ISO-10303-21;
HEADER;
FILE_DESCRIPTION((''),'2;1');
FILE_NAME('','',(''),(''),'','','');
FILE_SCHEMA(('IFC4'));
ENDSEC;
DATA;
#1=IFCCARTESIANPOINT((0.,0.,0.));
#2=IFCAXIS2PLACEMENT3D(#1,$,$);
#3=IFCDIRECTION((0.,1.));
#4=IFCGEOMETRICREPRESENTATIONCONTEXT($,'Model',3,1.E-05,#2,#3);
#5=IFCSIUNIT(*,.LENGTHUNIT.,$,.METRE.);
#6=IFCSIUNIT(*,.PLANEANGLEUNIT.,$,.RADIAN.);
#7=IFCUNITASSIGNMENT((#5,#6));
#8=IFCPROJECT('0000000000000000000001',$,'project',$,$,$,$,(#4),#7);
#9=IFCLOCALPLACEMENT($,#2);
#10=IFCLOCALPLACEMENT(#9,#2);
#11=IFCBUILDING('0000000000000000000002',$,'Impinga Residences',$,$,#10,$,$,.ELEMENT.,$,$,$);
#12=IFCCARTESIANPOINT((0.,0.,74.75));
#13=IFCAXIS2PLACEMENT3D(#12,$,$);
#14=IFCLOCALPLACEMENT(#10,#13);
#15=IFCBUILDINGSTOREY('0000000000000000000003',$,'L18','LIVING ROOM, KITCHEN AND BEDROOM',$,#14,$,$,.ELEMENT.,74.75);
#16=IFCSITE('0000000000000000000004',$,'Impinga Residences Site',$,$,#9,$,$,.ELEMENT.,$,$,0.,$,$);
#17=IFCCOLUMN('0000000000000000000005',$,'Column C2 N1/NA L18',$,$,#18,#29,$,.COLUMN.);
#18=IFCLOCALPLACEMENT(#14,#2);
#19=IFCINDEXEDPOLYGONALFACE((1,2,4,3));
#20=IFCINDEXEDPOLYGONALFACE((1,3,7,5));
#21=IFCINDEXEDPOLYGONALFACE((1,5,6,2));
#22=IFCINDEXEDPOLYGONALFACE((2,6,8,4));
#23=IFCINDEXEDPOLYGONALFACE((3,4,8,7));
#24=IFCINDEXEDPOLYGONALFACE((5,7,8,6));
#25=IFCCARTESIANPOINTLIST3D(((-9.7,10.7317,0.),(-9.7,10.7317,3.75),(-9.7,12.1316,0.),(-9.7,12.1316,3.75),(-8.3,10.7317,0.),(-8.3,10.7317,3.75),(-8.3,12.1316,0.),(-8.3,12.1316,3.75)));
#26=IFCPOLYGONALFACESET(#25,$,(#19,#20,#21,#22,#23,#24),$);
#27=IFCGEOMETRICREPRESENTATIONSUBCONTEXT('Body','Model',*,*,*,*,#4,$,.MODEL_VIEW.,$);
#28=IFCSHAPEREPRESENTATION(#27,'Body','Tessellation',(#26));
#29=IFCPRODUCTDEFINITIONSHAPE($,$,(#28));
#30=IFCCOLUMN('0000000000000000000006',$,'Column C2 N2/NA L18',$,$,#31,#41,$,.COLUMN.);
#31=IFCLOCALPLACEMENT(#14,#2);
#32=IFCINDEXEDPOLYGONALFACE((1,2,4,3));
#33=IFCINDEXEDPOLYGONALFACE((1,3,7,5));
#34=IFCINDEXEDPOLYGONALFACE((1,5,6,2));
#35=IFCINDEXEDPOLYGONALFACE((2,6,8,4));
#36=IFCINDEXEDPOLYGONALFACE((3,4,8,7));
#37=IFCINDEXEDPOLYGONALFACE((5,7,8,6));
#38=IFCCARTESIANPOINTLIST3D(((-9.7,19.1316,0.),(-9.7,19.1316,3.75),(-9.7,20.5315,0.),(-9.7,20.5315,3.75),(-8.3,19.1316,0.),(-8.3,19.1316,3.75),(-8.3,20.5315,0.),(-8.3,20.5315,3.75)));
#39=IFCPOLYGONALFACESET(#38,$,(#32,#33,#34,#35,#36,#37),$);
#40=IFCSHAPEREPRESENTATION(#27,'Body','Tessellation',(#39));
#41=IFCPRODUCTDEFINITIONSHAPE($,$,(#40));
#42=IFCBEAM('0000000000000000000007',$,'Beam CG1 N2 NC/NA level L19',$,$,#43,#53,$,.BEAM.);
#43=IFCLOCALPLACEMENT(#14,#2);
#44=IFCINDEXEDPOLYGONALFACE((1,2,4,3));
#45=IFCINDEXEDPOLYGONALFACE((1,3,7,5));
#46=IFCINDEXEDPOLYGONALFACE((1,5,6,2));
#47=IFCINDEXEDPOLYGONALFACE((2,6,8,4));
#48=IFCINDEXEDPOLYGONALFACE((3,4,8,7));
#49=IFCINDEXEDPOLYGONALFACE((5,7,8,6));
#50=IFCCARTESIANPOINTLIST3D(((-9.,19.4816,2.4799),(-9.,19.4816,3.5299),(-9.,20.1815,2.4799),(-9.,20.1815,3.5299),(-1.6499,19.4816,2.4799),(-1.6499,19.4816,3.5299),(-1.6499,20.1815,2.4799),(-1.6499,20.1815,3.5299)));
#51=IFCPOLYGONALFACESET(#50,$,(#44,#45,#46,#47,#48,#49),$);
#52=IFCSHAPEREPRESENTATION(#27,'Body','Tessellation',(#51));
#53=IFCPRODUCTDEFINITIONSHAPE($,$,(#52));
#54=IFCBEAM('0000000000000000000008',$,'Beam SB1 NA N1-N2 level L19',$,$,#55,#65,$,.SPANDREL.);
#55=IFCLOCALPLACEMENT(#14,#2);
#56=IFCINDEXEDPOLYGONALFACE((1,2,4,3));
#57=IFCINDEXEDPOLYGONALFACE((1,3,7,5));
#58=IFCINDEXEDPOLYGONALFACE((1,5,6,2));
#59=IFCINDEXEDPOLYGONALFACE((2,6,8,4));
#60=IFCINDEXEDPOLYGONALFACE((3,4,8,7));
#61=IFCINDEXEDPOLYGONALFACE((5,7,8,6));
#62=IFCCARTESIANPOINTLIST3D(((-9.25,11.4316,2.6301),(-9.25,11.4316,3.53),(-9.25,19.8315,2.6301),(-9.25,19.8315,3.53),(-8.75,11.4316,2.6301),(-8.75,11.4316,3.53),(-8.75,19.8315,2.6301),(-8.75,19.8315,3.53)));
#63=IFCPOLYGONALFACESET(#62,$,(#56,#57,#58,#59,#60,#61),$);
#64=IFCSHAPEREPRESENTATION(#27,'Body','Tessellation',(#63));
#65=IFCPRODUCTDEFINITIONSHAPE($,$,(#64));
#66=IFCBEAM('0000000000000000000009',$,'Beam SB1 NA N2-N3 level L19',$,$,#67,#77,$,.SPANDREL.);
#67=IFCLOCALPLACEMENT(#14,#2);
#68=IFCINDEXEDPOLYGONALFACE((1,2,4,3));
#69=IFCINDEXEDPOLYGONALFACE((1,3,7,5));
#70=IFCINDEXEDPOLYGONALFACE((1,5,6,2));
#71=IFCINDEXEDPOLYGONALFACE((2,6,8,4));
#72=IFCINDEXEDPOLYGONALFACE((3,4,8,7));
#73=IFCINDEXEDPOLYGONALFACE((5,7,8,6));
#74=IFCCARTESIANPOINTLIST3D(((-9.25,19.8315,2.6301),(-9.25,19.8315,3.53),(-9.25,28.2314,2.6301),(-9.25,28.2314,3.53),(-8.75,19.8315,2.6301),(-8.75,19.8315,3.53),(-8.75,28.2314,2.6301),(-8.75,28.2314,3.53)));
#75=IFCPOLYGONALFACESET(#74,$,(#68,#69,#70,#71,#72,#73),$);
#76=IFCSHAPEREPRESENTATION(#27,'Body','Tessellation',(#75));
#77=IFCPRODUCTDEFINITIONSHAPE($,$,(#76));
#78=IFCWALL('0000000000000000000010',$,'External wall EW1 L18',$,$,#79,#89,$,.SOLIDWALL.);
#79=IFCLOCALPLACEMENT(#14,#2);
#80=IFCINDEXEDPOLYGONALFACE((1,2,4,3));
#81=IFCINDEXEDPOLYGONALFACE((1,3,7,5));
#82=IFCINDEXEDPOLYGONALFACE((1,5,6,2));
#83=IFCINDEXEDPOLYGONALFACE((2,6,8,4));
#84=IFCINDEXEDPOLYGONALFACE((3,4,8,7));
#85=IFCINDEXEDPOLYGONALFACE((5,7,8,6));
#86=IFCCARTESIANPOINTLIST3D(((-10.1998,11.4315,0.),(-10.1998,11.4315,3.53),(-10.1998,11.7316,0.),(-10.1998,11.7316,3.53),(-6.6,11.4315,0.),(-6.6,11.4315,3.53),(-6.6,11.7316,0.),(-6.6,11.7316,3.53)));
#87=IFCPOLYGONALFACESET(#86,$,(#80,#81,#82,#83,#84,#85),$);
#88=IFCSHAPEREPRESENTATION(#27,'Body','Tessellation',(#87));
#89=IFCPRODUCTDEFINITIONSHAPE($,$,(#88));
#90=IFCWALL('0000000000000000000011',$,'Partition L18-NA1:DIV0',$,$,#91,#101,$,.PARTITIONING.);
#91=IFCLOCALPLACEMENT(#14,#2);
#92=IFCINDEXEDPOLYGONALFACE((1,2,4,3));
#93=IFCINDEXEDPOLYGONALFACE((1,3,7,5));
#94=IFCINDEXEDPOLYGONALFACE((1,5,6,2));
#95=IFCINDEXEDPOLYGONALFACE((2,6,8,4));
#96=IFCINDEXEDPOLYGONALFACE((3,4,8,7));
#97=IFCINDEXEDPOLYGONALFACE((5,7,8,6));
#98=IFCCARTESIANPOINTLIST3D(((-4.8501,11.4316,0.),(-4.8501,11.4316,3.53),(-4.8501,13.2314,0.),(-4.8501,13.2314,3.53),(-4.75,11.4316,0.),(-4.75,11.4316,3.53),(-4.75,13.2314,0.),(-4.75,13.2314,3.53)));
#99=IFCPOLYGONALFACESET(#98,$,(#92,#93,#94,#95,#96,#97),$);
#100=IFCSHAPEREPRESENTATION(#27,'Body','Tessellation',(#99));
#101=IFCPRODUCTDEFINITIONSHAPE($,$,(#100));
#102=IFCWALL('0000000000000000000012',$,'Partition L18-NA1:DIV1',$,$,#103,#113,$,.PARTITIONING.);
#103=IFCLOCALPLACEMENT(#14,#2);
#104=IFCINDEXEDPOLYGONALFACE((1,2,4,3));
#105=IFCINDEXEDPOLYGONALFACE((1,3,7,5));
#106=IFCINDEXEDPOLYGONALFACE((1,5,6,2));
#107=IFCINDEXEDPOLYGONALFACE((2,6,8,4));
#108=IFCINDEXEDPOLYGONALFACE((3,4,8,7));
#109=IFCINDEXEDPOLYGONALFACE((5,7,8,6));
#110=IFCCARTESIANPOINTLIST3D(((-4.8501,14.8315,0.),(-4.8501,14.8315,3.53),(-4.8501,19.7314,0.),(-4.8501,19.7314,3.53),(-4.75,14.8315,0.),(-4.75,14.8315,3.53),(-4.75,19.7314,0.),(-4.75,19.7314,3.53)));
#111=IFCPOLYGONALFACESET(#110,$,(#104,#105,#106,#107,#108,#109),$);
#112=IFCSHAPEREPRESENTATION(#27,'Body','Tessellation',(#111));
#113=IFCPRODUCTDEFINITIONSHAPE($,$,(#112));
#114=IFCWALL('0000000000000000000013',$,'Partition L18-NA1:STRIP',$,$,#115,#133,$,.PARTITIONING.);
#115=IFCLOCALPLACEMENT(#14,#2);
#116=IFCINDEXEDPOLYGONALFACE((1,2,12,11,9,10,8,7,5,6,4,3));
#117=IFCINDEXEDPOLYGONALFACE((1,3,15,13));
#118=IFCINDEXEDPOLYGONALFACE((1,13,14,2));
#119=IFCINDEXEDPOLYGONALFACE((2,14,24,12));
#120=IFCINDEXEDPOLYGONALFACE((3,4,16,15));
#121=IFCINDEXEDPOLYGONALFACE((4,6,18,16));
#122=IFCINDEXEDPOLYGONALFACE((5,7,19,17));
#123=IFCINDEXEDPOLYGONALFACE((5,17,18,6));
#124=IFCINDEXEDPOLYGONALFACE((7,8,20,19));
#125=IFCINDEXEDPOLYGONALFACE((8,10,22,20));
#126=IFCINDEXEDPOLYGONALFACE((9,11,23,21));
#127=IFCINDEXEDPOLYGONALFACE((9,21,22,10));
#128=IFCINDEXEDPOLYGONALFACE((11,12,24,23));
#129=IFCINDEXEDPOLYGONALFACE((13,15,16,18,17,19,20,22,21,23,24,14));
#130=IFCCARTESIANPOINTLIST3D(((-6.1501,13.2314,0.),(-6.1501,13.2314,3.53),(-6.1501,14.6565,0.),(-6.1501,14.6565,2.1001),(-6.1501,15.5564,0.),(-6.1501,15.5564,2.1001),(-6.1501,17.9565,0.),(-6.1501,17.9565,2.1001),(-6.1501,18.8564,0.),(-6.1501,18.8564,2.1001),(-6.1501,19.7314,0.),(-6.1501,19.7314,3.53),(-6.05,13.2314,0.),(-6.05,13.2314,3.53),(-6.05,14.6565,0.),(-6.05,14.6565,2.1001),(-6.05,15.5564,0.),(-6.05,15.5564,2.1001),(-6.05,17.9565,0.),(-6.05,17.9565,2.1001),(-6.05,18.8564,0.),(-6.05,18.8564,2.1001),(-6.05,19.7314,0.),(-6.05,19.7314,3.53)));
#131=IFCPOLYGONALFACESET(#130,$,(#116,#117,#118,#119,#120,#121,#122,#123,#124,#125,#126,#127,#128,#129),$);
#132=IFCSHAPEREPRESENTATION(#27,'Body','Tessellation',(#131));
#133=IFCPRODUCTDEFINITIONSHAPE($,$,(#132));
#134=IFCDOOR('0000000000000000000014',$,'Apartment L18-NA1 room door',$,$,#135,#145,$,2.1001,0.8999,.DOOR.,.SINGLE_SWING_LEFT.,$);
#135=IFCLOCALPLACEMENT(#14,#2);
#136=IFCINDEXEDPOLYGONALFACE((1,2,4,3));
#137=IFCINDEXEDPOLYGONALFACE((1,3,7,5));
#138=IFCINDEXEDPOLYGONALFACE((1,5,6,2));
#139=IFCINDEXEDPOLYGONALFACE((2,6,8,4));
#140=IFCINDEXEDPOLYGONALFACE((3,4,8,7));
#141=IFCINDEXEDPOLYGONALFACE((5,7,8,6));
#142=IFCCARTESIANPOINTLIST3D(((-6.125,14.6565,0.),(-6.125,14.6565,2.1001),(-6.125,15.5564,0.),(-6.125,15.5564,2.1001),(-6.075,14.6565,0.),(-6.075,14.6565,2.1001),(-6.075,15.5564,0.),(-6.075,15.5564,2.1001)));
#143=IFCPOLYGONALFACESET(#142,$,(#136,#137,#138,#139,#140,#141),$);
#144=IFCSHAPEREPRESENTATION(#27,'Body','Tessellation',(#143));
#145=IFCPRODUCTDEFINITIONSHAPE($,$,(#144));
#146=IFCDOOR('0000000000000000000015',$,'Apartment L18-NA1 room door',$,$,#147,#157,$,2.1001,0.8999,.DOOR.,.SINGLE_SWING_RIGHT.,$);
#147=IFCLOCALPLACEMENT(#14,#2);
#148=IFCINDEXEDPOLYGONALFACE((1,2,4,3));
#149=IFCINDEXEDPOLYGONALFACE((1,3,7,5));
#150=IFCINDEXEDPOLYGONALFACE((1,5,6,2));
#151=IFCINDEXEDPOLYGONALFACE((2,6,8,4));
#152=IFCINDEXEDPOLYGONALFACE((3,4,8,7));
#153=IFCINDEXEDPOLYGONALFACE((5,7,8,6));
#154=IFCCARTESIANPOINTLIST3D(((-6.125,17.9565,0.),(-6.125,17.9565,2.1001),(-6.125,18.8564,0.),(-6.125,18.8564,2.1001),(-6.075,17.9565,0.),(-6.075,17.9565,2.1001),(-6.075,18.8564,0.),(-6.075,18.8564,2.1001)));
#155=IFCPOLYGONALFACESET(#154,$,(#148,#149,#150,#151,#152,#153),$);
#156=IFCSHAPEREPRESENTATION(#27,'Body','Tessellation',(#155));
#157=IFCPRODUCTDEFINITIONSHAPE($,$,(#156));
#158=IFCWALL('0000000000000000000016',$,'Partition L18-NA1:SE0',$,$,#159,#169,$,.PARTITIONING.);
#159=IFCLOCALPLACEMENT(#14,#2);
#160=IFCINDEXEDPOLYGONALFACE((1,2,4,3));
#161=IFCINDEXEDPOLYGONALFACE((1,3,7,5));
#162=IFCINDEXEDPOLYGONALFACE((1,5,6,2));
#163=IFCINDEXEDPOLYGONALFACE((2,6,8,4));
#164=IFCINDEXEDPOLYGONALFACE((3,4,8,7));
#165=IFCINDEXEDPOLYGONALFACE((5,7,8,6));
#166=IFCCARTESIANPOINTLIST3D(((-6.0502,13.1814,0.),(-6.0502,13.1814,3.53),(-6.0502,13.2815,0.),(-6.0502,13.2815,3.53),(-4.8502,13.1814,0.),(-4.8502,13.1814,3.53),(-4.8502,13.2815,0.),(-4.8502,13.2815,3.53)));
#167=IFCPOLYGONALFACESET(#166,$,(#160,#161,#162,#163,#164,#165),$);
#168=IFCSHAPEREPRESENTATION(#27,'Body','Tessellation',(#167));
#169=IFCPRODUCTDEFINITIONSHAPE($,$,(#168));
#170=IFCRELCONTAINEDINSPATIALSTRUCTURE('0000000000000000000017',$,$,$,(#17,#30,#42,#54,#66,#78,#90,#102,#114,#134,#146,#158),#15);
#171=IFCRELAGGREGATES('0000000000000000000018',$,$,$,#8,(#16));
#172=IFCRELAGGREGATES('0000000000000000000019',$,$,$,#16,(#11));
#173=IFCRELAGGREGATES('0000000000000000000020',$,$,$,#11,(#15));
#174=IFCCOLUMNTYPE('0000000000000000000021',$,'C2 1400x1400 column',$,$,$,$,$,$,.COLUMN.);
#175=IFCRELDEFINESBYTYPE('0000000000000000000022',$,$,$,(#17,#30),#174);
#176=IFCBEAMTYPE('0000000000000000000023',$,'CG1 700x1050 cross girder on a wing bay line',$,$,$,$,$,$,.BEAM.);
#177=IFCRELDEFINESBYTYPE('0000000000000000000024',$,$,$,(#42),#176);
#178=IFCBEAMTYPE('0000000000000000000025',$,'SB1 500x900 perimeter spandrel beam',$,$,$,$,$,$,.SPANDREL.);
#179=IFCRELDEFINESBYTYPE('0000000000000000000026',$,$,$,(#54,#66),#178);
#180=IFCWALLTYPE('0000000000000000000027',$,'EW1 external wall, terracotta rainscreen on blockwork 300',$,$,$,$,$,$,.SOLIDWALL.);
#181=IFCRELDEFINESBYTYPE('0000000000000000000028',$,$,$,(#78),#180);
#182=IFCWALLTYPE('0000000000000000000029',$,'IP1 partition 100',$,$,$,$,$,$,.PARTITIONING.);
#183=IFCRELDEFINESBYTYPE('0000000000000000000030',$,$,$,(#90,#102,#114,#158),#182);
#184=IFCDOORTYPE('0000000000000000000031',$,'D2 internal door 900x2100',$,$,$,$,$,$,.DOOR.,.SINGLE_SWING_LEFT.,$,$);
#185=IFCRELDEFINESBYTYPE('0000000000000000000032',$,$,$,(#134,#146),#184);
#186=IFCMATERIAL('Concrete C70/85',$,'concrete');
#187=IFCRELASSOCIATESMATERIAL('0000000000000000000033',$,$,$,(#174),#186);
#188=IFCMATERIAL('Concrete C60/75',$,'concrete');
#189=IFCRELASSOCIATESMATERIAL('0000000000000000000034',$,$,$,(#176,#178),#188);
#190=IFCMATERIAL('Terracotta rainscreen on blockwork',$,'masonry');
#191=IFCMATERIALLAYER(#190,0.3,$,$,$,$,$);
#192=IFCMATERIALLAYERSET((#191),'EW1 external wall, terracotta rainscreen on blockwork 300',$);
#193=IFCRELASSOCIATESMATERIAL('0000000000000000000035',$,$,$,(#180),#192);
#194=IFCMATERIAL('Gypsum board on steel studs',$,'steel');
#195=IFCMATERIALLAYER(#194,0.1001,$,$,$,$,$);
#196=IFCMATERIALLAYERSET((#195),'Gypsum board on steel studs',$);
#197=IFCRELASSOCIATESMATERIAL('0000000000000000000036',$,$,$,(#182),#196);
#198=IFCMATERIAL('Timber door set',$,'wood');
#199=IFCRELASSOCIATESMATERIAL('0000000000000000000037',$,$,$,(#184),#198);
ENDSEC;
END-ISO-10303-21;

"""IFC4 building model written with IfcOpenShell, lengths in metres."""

from ifc_helpers import new_model, si_unit, direction, frame, frame_2d, origin, origin_2d, place, context, subcontext, project, spatial, rectangle, extrude, material, layer, layer_set, material_profile, profile_set, type_object, element, fill, save


model = new_model("IFC4")

# Units and contexts
model_context = context("Model", 3, precision=1e-05, world=origin(), true_north=direction((0.0, 1.0)))
body_context = subcontext(model_context, "Body", "Model", "MODEL_VIEW")
ifc_project = project(units=[si_unit("LENGTHUNIT", "METRE"), si_unit("PLANEANGLEUNIT", "RADIAN")], contexts=[model_context])

# Site, building, storey
site_placement = place(None, origin())
site = spatial("IfcSite", under=ifc_project, at=site_placement, Name="Impinga Residences Site", CompositionType="ELEMENT", RefElevation=0.0)
building_placement = place(site_placement, origin())
building = spatial("IfcBuilding", under=site, at=building_placement, Name="Impinga Residences", CompositionType="ELEMENT")
storey_placement = place(building_placement, frame((0.0, 0.0, 74.75)))
storey = spatial("IfcBuildingStorey", under=building, at=storey_placement, Name="L18", Description="LIVING ROOM, KITCHEN AND BEDROOM", CompositionType="ELEMENT", Elevation=74.75)

# Columns
ifc_material_1 = material(Name="Concrete C70/85", Category="concrete")
ifc_material_profile_1 = material_profile(ifc_material_1, rectangle(XDim=1.3999, YDim=1.3999, at=origin_2d()), Name="RC 1400x1400")
ifc_profile_set_1 = profile_set([ifc_material_profile_1], Name="Concrete C70/85")
column_type = type_object("IfcColumnType", Name="C2 1400x1400 column", PredefinedType="COLUMN", material=ifc_profile_set_1)
for number, where, z_axis, x_axis, name in (
    (1, (-9.0, 11.4316, 0.0), (0.0, 0.0, 1.0), (1.0, 0.0, 0.0), "Column C2 N1/NA L18"),
    (2, (-9.0, 19.8315, 0.0), (0.0, 0.0, 1.0), (1.0, 0.0, 0.0), "Column C2 N2/NA L18"),
):
    element("IfcColumn", number, at=place(storey_placement, frame(where, z_axis=z_axis, x_axis=x_axis)), inside=storey, type_object=column_type, Name=name, PredefinedType="COLUMN", context=body_context, shape_type="SweptSolid", body=[
        extrude(rectangle(XDim=1.3999, YDim=1.3999, at=origin_2d()), origin(), (0.0, 0.0, 1.0), 3.75),
    ])

# Beams
ifc_material_2 = material(Name="Concrete C60/75", Category="concrete")
ifc_material_profile_2 = material_profile(ifc_material_2, rectangle(XDim=0.7, YDim=1.05, at=origin_2d()), Name="RC 700x1050")
ifc_profile_set_2 = profile_set([ifc_material_profile_2], Name="Concrete C60/75")
beam_type_1 = type_object("IfcBeamType", Name="CG1 700x1050 cross girder on a wing bay line", PredefinedType="BEAM", material=ifc_profile_set_2)
beam_placement = place(storey_placement, frame((-1.6499, 19.8315, 3.0049), z_axis=(-1.0, 0.0, 0.0), x_axis=(0.0, -1.0, 0.0)))
element("IfcBeam", 3, at=beam_placement, inside=storey, type_object=beam_type_1, Name="Beam CG1 N2 NC/NA level L19", PredefinedType="BEAM", context=body_context, shape_type="SweptSolid", body=[
    extrude(rectangle(XDim=0.7, YDim=1.05, at=origin_2d()), origin(), (0.0, 0.0, 1.0), 7.3501),
])
ifc_material_profile_3 = material_profile(ifc_material_2, rectangle(XDim=0.5, YDim=0.8999, at=origin_2d()), Name="RC 500x900")
ifc_profile_set_3 = profile_set([ifc_material_profile_3], Name="Concrete C60/75")
beam_type_2 = type_object("IfcBeamType", Name="SB1 500x900 perimeter spandrel beam", PredefinedType="SPANDREL", material=ifc_profile_set_3)
for number, where, z_axis, x_axis, name in (
    (4, (-9.0, 11.4316, 3.0801), (0.0, 1.0, 0.0), (-1.0, 0.0, 0.0), "Beam SB1 NA N1-N2 level L19"),
    (5, (-9.0, 19.8315, 3.0801), (0.0, 1.0, 0.0), (-1.0, 0.0, 0.0), "Beam SB1 NA N2-N3 level L19"),
):
    element("IfcBeam", number, at=place(storey_placement, frame(where, z_axis=z_axis, x_axis=x_axis)), inside=storey, type_object=beam_type_2, Name=name, PredefinedType="SPANDREL", context=body_context, shape_type="SweptSolid", body=[
        extrude(rectangle(XDim=0.5, YDim=0.8999, at=origin_2d()), origin(), (0.0, 0.0, 1.0), 8.3999),
    ])

# Walls
ifc_material_3 = material(Name="Terracotta rainscreen on blockwork", Category="masonry")
ifc_layer_1 = layer(ifc_material_3, 0.3)
ifc_layer_set_1 = layer_set([ifc_layer_1], Name="EW1 external wall, terracotta rainscreen on blockwork 300")
wall_type_1 = type_object("IfcWallType", Name="EW1 external wall, terracotta rainscreen on blockwork 300", PredefinedType="SOLIDWALL", material=ifc_layer_set_1)
wall_1_placement = place(storey_placement, frame((-6.6001, 11.5815, 0.0), z_axis=(0.0, 0.0, 1.0), x_axis=(-1.0, 0.0, 0.0)))
element("IfcWall", 6, at=wall_1_placement, inside=storey, type_object=wall_type_1, Name="External wall EW1 L18", PredefinedType="SOLIDWALL", context=body_context, shape_type="SweptSolid", body=[
    extrude(rectangle(XDim=3.5999, YDim=0.3, at=frame_2d((1.7998, 0.0))), origin(), (0.0, 0.0, 1.0), 3.53),
])
ifc_material_4 = material(Name="Gypsum board on steel studs", Category="steel")
ifc_layer_2 = layer(ifc_material_4, 0.1001)
ifc_layer_set_2 = layer_set([ifc_layer_2], Name="Gypsum board on steel studs")
wall_type_2 = type_object("IfcWallType", Name="IP1 partition 100", PredefinedType="PARTITIONING", material=ifc_layer_set_2)
wall_2_placement = place(storey_placement, frame((-4.8, 11.4316, 0.0), z_axis=(0.0, 0.0, 1.0), x_axis=(0.0, 1.0, 0.0)))
element("IfcWall", 7, at=wall_2_placement, inside=storey, type_object=wall_type_2, Name="Partition L18-NA1:DIV0", PredefinedType="PARTITIONING", context=body_context, shape_type="SweptSolid", body=[
    extrude(rectangle(XDim=1.7998, YDim=0.1001, at=frame_2d((0.8999, 0.0))), origin(), (0.0, 0.0, 1.0), 3.53),
])
wall_3_placement = place(storey_placement, frame((-4.8, 14.8315, 0.0), z_axis=(0.0, 0.0, 1.0), x_axis=(0.0, 1.0, 0.0)))
element("IfcWall", 8, at=wall_3_placement, inside=storey, type_object=wall_type_2, Name="Partition L18-NA1:DIV1", PredefinedType="PARTITIONING", context=body_context, shape_type="SweptSolid", body=[
    extrude(rectangle(XDim=4.8999, YDim=0.1001, at=frame_2d((2.45, 0.0))), origin(), (0.0, 0.0, 1.0), 3.53),
])

# Wall, openings, doors
wall_4_placement = place(storey_placement, frame((-6.1001, 13.2314, 0.0), z_axis=(0.0, 0.0, 1.0), x_axis=(0.0, 1.0, 0.0)))
wall_4 = element("IfcWall", 9, at=wall_4_placement, inside=storey, type_object=wall_type_2, Name="Partition L18-NA1:STRIP", PredefinedType="PARTITIONING", context=body_context, shape_type="SweptSolid", body=[
    extrude(rectangle(XDim=6.5, YDim=0.1001, at=frame_2d((3.25, 0.0))), origin(), (0.0, 0.0, 1.0), 3.53),
])
opening_1_placement = place(wall_4_placement, frame((1.425, 0.0, 0.0)))
opening_1 = element("IfcOpeningElement", 10, at=opening_1_placement, cuts=wall_4, PredefinedType="OPENING", context=body_context, shape_type="SweptSolid", body=[
    extrude(rectangle(XDim=0.8999, YDim=2.1001, at=frame_2d((0.45, 1.05))), frame((0.0, 0.0601, 0.0), z_axis=(0.0, -1.0, 0.0), x_axis=(1.0, 0.0, 0.0)), (0.0, 0.0, 1.0), 0.1201),
])
opening_2_placement = place(wall_4_placement, frame((4.7251, 0.0, 0.0)))
opening_2 = element("IfcOpeningElement", 11, at=opening_2_placement, cuts=wall_4, PredefinedType="OPENING", context=body_context, shape_type="SweptSolid", body=[
    extrude(rectangle(XDim=0.8999, YDim=2.1001, at=frame_2d((0.45, 1.05))), frame((0.0, 0.0601, 0.0), z_axis=(0.0, -1.0, 0.0), x_axis=(1.0, 0.0, 0.0)), (0.0, 0.0, 1.0), 0.1201),
])
ifc_material_5 = material(Name="Timber door set", Category="wood")
door_type = type_object("IfcDoorType", Name="D2 internal door 900x2100", OperationType="SINGLE_SWING_LEFT", PredefinedType="DOOR", material=ifc_material_5)
door_1_placement = place(opening_1_placement, origin())
door_1 = element("IfcDoor", 12, at=door_1_placement, inside=storey, type_object=door_type, Name="Apartment L18-NA1 room door", OperationType="SINGLE_SWING_LEFT", OverallHeight=2.1001, OverallWidth=0.8999, PredefinedType="DOOR", context=body_context, shape_type="SweptSolid", body=[
    extrude(rectangle(XDim=0.8999, YDim=2.1001, at=frame_2d((0.45, 1.05))), frame((0.0, 0.0249, 0.0), z_axis=(0.0, -1.0, 0.0), x_axis=(1.0, 0.0, 0.0)), (0.0, 0.0, 1.0), 0.05),
])
fill(opening_1, door_1)
door_2_placement = place(opening_2_placement, origin())
door_2 = element("IfcDoor", 13, at=door_2_placement, inside=storey, type_object=door_type, Name="Apartment L18-NA1 room door", OperationType="SINGLE_SWING_RIGHT", OverallHeight=2.1001, OverallWidth=0.8999, PredefinedType="DOOR", context=body_context, shape_type="SweptSolid", body=[
    extrude(rectangle(XDim=0.8999, YDim=2.1001, at=frame_2d((0.45, 1.05))), frame((0.0, 0.0249, 0.0), z_axis=(0.0, -1.0, 0.0), x_axis=(1.0, 0.0, 0.0)), (0.0, 0.0, 1.0), 0.05),
])
fill(opening_2, door_2)

# Wall
wall_5_placement = place(storey_placement, frame((-4.8501, 13.2314, 0.0), z_axis=(0.0, 0.0, 1.0), x_axis=(-1.0, 0.0, 0.0)))
element("IfcWall", 14, at=wall_5_placement, inside=storey, type_object=wall_type_2, Name="Partition L18-NA1:SE0", PredefinedType="PARTITIONING", context=body_context, shape_type="SweptSolid", body=[
    extrude(rectangle(XDim=1.2, YDim=0.1001, at=frame_2d((0.6001, 0.0))), origin(), (0.0, 0.0, 1.0), 3.53),
])

save(model, "model.ifc")
